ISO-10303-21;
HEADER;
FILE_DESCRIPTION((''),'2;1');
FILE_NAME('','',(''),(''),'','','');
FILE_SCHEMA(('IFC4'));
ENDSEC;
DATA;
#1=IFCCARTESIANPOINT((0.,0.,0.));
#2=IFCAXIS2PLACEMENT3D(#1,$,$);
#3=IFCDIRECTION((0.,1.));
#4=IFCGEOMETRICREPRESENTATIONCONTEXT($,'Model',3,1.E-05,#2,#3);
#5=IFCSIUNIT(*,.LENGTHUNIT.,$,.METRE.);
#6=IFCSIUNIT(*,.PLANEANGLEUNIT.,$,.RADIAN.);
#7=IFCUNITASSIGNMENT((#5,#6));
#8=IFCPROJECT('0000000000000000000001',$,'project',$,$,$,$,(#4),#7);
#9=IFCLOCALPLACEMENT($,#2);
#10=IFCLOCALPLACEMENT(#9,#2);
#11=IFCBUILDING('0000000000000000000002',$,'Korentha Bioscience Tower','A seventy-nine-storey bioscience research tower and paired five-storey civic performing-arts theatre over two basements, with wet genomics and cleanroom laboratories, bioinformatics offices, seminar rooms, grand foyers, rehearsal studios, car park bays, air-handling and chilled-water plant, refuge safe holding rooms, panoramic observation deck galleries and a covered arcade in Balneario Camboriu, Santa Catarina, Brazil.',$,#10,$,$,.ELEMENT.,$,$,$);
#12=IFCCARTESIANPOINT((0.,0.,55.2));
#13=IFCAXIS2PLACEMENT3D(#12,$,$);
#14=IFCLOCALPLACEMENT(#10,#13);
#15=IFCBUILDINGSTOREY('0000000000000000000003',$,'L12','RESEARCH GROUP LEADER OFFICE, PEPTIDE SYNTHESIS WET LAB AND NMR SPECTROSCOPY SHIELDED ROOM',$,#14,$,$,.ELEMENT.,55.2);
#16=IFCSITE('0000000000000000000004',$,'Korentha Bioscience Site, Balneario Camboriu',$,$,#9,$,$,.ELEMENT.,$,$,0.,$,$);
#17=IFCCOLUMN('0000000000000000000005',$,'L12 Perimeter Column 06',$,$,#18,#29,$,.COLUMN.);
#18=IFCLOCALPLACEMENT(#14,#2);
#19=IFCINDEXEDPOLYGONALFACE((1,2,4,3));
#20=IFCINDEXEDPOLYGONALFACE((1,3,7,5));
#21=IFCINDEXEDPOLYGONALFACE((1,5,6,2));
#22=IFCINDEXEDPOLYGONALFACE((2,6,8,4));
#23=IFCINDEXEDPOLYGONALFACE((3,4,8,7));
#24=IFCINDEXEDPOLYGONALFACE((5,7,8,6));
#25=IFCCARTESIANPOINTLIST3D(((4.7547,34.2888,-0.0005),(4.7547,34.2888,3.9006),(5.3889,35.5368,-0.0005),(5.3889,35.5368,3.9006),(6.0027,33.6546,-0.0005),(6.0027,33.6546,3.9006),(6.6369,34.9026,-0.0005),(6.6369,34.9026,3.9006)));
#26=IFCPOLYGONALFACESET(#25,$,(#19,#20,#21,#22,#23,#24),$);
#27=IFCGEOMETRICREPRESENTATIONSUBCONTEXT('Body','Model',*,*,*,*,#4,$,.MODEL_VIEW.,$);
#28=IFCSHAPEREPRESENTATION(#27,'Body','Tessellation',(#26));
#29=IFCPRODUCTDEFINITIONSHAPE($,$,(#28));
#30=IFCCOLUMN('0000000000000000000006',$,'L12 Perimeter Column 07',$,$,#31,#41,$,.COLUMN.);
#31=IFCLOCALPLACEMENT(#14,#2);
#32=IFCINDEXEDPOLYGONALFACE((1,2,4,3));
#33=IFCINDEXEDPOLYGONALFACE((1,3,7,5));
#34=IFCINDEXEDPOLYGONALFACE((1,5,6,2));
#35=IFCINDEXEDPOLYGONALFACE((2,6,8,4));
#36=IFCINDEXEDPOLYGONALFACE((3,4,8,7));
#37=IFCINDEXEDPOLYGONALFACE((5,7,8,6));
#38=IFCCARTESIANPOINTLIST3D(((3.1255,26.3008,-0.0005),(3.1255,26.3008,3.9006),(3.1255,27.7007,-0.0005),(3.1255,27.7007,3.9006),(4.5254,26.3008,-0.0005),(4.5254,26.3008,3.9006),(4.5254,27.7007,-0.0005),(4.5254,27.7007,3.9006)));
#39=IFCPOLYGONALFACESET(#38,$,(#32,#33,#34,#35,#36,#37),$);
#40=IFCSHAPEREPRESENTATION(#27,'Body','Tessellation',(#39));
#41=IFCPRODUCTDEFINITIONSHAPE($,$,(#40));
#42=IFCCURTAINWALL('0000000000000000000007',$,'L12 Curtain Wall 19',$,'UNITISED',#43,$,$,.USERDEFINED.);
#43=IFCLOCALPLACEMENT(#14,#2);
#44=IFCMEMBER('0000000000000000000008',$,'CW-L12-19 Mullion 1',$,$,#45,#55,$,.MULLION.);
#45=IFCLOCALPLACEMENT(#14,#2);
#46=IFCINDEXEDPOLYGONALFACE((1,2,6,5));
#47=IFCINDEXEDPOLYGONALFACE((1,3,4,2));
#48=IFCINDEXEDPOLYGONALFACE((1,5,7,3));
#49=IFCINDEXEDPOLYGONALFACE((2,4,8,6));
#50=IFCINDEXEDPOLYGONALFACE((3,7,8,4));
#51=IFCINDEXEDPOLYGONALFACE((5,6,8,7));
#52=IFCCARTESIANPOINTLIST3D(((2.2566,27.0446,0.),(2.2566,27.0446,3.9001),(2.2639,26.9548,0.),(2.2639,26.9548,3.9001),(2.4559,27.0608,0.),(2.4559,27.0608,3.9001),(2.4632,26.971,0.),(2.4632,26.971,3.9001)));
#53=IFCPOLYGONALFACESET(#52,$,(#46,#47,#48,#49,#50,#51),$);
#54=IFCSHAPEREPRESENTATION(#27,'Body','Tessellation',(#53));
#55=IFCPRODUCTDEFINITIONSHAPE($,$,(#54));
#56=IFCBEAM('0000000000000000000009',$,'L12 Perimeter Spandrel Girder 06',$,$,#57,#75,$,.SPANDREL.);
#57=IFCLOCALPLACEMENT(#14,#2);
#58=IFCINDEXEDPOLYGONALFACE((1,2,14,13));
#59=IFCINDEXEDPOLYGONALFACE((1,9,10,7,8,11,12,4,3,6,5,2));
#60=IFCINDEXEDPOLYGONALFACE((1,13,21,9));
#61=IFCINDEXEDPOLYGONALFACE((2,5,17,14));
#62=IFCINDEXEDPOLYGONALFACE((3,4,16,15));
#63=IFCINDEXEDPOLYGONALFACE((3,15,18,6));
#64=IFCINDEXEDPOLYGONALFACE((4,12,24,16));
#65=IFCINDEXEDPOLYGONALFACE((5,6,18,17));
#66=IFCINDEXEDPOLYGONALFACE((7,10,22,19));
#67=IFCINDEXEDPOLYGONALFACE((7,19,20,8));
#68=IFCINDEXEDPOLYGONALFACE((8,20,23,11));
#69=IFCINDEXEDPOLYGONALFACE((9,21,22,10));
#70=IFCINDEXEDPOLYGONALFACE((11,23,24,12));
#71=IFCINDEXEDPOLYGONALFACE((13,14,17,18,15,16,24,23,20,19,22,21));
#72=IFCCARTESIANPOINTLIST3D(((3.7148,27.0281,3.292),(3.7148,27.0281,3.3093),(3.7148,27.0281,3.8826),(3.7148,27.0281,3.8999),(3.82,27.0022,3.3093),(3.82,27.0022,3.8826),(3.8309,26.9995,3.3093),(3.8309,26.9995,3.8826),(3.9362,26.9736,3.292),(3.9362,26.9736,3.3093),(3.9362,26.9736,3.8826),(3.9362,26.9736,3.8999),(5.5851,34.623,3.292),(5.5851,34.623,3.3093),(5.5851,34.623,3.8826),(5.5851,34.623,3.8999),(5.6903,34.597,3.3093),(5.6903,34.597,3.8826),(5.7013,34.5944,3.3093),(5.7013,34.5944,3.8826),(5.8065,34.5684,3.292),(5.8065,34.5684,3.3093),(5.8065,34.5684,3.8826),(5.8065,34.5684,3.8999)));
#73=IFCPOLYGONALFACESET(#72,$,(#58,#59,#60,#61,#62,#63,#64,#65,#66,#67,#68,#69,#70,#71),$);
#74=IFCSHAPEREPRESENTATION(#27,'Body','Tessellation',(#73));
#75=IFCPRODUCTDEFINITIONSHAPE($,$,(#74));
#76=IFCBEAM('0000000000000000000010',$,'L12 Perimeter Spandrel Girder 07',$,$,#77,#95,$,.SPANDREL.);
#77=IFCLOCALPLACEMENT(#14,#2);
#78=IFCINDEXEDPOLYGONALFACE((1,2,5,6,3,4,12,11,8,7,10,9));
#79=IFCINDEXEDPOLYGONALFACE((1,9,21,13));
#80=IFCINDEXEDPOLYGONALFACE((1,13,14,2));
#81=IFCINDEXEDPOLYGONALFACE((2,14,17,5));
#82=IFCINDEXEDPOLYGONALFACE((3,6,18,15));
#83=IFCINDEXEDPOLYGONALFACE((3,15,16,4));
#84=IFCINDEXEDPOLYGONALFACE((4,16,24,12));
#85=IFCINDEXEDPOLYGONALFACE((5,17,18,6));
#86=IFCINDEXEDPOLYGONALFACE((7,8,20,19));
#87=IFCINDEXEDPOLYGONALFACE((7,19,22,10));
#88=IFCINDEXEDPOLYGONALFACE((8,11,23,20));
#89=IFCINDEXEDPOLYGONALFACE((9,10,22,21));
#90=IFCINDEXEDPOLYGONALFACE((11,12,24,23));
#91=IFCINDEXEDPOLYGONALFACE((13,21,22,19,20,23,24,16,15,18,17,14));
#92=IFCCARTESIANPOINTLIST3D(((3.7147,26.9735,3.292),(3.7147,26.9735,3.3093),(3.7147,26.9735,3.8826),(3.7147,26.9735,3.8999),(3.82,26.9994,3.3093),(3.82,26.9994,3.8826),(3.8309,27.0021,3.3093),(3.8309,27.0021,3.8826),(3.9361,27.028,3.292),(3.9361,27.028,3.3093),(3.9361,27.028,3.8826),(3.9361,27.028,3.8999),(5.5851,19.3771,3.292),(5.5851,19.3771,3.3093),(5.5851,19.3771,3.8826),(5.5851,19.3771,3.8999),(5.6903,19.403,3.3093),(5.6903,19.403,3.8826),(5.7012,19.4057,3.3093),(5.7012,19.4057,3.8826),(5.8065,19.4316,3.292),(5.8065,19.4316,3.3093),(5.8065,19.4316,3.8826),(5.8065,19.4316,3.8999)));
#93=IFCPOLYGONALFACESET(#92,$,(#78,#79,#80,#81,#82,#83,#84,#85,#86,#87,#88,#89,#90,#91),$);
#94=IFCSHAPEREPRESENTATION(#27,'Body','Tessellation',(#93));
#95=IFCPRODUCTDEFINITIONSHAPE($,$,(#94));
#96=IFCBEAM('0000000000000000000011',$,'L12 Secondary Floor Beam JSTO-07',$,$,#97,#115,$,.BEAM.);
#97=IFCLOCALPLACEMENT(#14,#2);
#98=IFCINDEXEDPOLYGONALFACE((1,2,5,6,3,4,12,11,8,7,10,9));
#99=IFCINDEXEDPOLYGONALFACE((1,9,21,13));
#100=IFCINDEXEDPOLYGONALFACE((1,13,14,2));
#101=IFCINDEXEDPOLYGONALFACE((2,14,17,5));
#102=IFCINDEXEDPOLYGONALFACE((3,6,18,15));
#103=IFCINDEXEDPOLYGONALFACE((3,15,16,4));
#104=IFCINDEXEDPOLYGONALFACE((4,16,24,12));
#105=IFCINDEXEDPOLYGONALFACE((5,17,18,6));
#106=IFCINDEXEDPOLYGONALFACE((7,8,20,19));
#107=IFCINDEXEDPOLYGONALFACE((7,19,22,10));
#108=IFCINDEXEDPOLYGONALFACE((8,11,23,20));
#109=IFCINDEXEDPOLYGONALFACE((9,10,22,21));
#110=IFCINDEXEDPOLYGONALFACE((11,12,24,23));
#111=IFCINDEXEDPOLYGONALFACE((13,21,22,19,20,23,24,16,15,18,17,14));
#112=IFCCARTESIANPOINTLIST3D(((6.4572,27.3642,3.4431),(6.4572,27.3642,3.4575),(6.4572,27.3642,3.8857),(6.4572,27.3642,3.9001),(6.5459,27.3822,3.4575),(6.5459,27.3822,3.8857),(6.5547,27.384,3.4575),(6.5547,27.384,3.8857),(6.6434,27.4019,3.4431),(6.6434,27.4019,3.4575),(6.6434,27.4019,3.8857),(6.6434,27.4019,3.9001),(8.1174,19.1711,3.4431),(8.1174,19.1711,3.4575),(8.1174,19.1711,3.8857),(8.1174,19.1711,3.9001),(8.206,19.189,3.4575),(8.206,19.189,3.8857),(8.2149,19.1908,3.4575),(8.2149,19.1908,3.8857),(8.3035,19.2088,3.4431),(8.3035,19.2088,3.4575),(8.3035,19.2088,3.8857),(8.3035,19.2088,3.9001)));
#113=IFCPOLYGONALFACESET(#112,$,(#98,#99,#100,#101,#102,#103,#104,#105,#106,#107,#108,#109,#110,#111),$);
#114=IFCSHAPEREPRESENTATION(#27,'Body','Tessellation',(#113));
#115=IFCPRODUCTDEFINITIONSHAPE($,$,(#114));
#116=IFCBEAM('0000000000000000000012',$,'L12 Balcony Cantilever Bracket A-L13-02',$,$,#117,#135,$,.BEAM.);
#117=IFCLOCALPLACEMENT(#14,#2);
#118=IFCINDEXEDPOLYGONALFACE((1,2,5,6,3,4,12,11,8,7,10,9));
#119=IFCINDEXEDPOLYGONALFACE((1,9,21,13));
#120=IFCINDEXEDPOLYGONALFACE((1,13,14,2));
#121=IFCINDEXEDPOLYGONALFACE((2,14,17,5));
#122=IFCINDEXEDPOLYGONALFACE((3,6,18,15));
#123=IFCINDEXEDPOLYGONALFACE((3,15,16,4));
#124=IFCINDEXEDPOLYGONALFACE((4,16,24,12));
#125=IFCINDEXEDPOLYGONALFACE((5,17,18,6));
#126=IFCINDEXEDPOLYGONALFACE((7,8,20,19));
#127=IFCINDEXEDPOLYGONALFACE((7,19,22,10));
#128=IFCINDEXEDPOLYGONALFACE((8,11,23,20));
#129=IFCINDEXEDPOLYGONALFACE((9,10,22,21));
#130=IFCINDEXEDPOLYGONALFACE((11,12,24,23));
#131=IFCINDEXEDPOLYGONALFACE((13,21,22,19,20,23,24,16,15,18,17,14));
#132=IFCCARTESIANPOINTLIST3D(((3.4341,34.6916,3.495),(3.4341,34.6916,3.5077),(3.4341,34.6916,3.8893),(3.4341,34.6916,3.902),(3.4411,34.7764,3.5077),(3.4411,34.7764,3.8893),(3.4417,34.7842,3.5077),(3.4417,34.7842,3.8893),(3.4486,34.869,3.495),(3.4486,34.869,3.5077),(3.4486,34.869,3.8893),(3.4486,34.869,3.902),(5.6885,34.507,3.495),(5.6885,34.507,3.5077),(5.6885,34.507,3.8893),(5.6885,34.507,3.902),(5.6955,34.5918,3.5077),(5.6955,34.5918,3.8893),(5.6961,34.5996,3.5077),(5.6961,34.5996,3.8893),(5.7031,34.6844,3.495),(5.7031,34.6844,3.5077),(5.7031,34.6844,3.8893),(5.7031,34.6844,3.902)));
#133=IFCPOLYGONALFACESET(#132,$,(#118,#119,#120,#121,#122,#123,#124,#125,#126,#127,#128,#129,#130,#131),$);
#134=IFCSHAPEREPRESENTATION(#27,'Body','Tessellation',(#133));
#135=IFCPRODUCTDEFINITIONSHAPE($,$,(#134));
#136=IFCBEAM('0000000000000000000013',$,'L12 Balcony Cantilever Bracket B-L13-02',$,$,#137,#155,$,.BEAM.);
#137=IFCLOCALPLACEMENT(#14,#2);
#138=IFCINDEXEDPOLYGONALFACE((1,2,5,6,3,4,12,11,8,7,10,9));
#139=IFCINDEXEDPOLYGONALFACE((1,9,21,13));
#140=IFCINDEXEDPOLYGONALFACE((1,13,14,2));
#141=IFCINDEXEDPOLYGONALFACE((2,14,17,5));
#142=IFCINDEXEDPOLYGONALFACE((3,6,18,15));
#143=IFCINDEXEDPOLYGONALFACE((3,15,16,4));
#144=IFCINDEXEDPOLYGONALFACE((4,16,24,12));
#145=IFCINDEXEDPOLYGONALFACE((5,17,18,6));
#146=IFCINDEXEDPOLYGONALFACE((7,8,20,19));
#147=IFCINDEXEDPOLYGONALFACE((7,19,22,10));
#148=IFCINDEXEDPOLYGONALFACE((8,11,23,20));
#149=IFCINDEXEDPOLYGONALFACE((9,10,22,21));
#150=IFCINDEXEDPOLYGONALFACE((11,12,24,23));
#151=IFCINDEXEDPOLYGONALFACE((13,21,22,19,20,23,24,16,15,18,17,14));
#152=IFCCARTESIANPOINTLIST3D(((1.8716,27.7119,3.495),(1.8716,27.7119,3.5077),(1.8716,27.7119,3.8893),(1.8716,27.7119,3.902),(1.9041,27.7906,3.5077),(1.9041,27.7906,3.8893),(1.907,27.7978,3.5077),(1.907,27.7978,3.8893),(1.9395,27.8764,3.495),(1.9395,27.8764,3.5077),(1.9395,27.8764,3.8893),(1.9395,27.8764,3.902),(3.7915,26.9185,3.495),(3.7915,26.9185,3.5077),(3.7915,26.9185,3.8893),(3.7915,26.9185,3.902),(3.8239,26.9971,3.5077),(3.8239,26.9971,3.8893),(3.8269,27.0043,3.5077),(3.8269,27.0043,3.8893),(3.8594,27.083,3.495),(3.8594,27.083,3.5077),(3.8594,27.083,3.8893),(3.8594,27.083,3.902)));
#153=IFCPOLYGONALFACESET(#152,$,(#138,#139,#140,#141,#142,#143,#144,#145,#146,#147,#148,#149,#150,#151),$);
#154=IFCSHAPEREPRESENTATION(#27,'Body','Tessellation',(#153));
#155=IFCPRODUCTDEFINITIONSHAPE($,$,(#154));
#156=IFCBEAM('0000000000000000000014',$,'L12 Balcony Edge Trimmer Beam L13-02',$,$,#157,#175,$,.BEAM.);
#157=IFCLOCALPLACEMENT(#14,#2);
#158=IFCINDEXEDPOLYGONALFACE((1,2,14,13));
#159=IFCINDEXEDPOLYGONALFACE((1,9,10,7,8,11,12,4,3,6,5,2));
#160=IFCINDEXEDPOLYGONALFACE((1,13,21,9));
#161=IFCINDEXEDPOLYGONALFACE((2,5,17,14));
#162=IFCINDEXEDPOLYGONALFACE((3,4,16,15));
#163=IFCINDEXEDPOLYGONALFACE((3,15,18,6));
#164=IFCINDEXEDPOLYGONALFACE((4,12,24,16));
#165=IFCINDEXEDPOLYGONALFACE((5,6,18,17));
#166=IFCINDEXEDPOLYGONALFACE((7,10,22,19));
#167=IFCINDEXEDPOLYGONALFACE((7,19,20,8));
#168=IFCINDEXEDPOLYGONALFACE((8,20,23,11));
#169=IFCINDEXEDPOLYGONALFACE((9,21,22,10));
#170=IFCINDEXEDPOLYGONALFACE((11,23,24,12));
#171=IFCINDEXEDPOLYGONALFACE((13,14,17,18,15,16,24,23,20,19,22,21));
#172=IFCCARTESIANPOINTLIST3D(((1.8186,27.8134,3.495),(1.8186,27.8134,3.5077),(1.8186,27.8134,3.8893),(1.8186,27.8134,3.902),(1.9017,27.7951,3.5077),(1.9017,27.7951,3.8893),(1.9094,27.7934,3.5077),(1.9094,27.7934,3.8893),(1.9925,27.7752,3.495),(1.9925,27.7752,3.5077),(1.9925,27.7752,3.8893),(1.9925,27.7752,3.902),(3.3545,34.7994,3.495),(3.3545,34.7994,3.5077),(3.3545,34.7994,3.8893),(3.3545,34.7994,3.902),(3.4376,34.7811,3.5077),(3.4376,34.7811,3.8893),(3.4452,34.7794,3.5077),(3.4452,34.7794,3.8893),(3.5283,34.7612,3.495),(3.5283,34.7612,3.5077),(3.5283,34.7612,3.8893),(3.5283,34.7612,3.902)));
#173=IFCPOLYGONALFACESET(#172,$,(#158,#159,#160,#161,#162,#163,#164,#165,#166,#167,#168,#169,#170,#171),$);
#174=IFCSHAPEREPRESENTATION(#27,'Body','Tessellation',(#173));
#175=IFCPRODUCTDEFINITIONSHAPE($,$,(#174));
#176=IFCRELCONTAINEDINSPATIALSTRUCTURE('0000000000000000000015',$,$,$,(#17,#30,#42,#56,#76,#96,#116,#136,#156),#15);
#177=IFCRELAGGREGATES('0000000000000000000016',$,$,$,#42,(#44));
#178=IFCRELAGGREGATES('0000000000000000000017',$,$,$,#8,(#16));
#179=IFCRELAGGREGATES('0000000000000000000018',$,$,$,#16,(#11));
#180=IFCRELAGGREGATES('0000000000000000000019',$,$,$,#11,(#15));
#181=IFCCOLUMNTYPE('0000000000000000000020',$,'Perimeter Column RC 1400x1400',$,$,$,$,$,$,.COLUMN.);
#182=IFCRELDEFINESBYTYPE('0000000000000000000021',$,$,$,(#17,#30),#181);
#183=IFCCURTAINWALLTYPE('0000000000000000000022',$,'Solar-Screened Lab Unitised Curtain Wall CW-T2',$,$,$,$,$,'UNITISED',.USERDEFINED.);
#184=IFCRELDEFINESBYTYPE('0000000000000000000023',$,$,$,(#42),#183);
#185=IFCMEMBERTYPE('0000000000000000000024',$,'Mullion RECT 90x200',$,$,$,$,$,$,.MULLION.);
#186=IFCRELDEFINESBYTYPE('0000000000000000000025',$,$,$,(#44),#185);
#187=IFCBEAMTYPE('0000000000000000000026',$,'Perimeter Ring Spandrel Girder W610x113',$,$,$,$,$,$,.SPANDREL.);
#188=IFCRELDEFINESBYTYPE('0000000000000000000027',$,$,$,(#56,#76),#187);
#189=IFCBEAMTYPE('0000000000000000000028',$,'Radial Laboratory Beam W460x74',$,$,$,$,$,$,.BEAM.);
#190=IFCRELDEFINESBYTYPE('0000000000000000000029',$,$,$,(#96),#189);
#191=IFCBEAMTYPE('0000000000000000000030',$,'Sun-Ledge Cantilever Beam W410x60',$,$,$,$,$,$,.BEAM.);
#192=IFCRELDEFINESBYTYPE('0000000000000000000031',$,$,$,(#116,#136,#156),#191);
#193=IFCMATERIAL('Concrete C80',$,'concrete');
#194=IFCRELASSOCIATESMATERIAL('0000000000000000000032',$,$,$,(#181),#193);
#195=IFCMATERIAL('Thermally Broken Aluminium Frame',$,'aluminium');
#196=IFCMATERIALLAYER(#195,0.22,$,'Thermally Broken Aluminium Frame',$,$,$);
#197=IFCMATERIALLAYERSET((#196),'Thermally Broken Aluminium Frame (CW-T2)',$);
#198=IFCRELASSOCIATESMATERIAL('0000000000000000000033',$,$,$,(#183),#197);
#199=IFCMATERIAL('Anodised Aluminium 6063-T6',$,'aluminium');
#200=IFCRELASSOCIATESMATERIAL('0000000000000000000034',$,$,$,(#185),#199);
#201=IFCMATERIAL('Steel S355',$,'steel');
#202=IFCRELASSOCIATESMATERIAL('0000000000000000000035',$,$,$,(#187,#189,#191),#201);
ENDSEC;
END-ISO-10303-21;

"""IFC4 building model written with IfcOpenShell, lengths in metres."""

from ifc_helpers import new_model, si_unit, direction, frame, origin, origin_2d, place, context, subcontext, project, spatial, rectangle, i_section, extrude, material, layer, layer_set, material_profile, profile_set, type_object, element, aggregate, save


model = new_model("IFC4")

# Units and contexts
model_context = context("Model", 3, precision=1e-05, world=origin(), true_north=direction((0.0, 1.0)))
body_context = subcontext(model_context, "Body", "Model", "MODEL_VIEW")
ifc_project = project(units=[si_unit("LENGTHUNIT", "METRE"), si_unit("PLANEANGLEUNIT", "RADIAN")], contexts=[model_context])

# Site, building, storey
site_placement = place(None, origin())
site = spatial("IfcSite", under=ifc_project, at=site_placement, Name="Korentha Bioscience Site, Balneario Camboriu", CompositionType="ELEMENT", RefElevation=0.0)
building_placement = place(site_placement, origin())
building = spatial("IfcBuilding", under=site, at=building_placement, Name="Korentha Bioscience Tower", Description="A seventy-nine-storey bioscience research tower and paired five-storey civic performing-arts theatre over two basements, with wet genomics and cleanroom laboratories, bioinformatics offices, seminar rooms, grand foyers, rehearsal studios, car park bays, air-handling and chilled-water plant, refuge safe holding rooms, panoramic observation deck galleries and a covered arcade in Balneario Camboriu, Santa Catarina, Brazil.", CompositionType="ELEMENT")
storey_placement = place(building_placement, frame((0.0, 0.0, 55.2)))
storey = spatial("IfcBuildingStorey", under=building, at=storey_placement, Name="L12", Description="RESEARCH GROUP LEADER OFFICE, PEPTIDE SYNTHESIS WET LAB AND NMR SPECTROSCOPY SHIELDED ROOM", CompositionType="ELEMENT", Elevation=55.2)

# Columns
ifc_material_1 = material(Name="Concrete C80", Category="concrete")
ifc_material_profile_1 = material_profile(ifc_material_1, rectangle(XDim=1.3999, YDim=1.3999, at=origin_2d()), Name="Concrete C80")
ifc_profile_set_1 = profile_set([ifc_material_profile_1], Name="Concrete C80 (COL-P14)")
column_type = type_object("IfcColumnType", Name="Perimeter Column RC 1400x1400", PredefinedType="COLUMN", material=ifc_profile_set_1)
for number, where, z_axis, x_axis, name in (
    (1, (5.6958, 34.5957, -0.0005), (0.0, 0.0, 1.0), (0.453057, 0.891481, 0.0), "L12 Perimeter Column 06"),
    (2, (3.8254, 27.0007, -0.0005), (0.0, 0.0, 1.0), (0.0, 1.0, 0.0), "L12 Perimeter Column 07"),
):
    element("IfcColumn", number, at=place(storey_placement, frame(where, z_axis=z_axis, x_axis=x_axis)), inside=storey, type_object=column_type, Name=name, PredefinedType="COLUMN", context=body_context, shape_type="SweptSolid", body=[
        extrude(rectangle(XDim=1.3999, YDim=1.3999, at=origin_2d()), origin(), (0.0, 0.0, 1.0), 3.9011),
    ])

# Curtain wall, member
ifc_material_2 = material(Name="Thermally Broken Aluminium Frame", Category="aluminium")
ifc_layer_1 = layer(ifc_material_2, 0.22, Name="Thermally Broken Aluminium Frame")
ifc_layer_set_1 = layer_set([ifc_layer_1], Name="Thermally Broken Aluminium Frame (CW-T2)")
curtain_wall_type = type_object("IfcCurtainWallType", Name="Solar-Screened Lab Unitised Curtain Wall CW-T2", ElementType="UNITISED", PredefinedType="USERDEFINED", material=ifc_layer_set_1)
curtain_wall_placement = place(storey_placement, origin())
curtain_wall = element("IfcCurtainWall", 3, at=curtain_wall_placement, inside=storey, type_object=curtain_wall_type, Name="L12 Curtain Wall 19", ObjectType="UNITISED", PredefinedType="USERDEFINED")
ifc_material_3 = material(Name="Anodised Aluminium 6063-T6", Category="aluminium")
ifc_material_profile_2 = material_profile(ifc_material_3, rectangle(XDim=0.0901, YDim=0.2, at=origin_2d()), Name="Anodised Aluminium 6063-T6")
ifc_profile_set_2 = profile_set([ifc_material_profile_2], Name="Anodised Aluminium 6063-T6 (CW-MUL)")
member_type_1 = type_object("IfcMemberType", Name="Mullion RECT 90x200", PredefinedType="MULLION", material=ifc_profile_set_2)
member_1_placement = place(storey_placement, frame((2.3599, 27.0078, 0.0), z_axis=(0.0, 0.0, 1.0), x_axis=(0.08082, -0.996729, 0.0)))
member_1 = element("IfcMember", 4, at=member_1_placement, type_object=member_type_1, Name="CW-L12-19 Mullion 1", PredefinedType="MULLION", context=body_context, shape_type="SweptSolid", body=[
    extrude(rectangle(XDim=0.0901, YDim=0.2, at=origin_2d()), origin(), (0.0, 0.0, 1.0), 3.9001),
])

# Beams
ifc_material_4 = material(Name="Steel S355", Category="steel")
ifc_material_profile_3 = material_profile(ifc_material_4, i_section(OverallWidth=0.228, OverallDepth=0.6079, WebThickness=0.0112, FlangeThickness=0.0173, at=origin_2d()), Name="Steel S355")
ifc_profile_set_3 = profile_set([ifc_material_profile_3], Name="Steel S355 (SB-610)")
beam_type_1 = type_object("IfcBeamType", Name="Perimeter Ring Spandrel Girder W610x113", PredefinedType="SPANDREL", material=ifc_profile_set_3)
beam_1_placement = place(storey_placement, frame((5.6958, 34.5957, 3.5959), z_axis=(-0.239119, -0.97099, 0.0), x_axis=(0.97099, -0.239119, 0.0)))
element("IfcBeam", 5, at=beam_1_placement, inside=storey, type_object=beam_type_1, Name="L12 Perimeter Spandrel Girder 06", PredefinedType="SPANDREL", context=body_context, shape_type="SweptSolid", body=[
    extrude(i_section(OverallWidth=0.228, OverallDepth=0.6079, WebThickness=0.0112, FlangeThickness=0.0173, at=origin_2d()), origin(), (0.0, 0.0, 1.0), 7.8218),
])
beam_2_placement = place(storey_placement, frame((3.8254, 27.0007, 3.5959), z_axis=(0.239076, -0.971001, 0.0), x_axis=(0.971001, 0.239076, 0.0)))
element("IfcBeam", 6, at=beam_2_placement, inside=storey, type_object=beam_type_1, Name="L12 Perimeter Spandrel Girder 07", PredefinedType="SPANDREL", context=body_context, shape_type="SweptSolid", body=[
    extrude(i_section(OverallWidth=0.228, OverallDepth=0.6079, WebThickness=0.0112, FlangeThickness=0.0173, at=origin_2d()), origin(), (0.0, 0.0, 1.0), 7.8232),
])
ifc_material_profile_4 = material_profile(ifc_material_4, i_section(OverallWidth=0.1899, OverallDepth=0.457, WebThickness=0.009, FlangeThickness=0.0144, at=origin_2d()), Name="Steel S355")
ifc_profile_set_4 = profile_set([ifc_material_profile_4], Name="Steel S355 (RB-460)")
beam_type_2 = type_object("IfcBeamType", Name="Radial Laboratory Beam W460x74", PredefinedType="BEAM", material=ifc_profile_set_4)
beam_3_placement = place(storey_placement, frame((6.5503, 27.3831, 3.6716), z_axis=(0.198592, -0.980082, 0.0), x_axis=(0.980082, 0.198592, 0.0)))
element("IfcBeam", 7, at=beam_3_placement, inside=storey, type_object=beam_type_2, Name="L12 Secondary Floor Beam JSTO-07", PredefinedType="BEAM", context=body_context, shape_type="SweptSolid", body=[
    extrude(i_section(OverallWidth=0.1899, OverallDepth=0.457, WebThickness=0.009, FlangeThickness=0.0144, at=origin_2d()), origin(), (0.0, 0.0, 1.0), 8.3596),
])
ifc_material_profile_5 = material_profile(ifc_material_4, i_section(OverallWidth=0.178, OverallDepth=0.407, WebThickness=0.0078, FlangeThickness=0.0127, at=origin_2d()), Name="Steel S355")
ifc_profile_set_5 = profile_set([ifc_material_profile_5], Name="Steel S355 (CB-410)")
beam_type_3 = type_object("IfcBeamType", Name="Sun-Ledge Cantilever Beam W410x60", PredefinedType="BEAM", material=ifc_profile_set_5)
beam_4_placement = place(storey_placement, frame((5.6958, 34.5957, 3.6985), z_axis=(-0.996665, 0.081598, 0.0), x_axis=(-0.081598, -0.996665, 0.0)))
element("IfcBeam", 8, at=beam_4_placement, inside=storey, type_object=beam_type_3, Name="L12 Balcony Cantilever Bracket A-L13-02", PredefinedType="BEAM", context=body_context, shape_type="SweptSolid", body=[
    extrude(i_section(OverallWidth=0.178, OverallDepth=0.407, WebThickness=0.0078, FlangeThickness=0.0127, at=origin_2d()), origin(), (0.0, 0.0, 1.0), 2.262),
])
beam_5_placement = place(storey_placement, frame((3.8254, 27.0007, 3.6985), z_axis=(-0.924186, 0.381943, 0.0), x_axis=(-0.381943, -0.924186, 0.0)))
element("IfcBeam", 9, at=beam_5_placement, inside=storey, type_object=beam_type_3, Name="L12 Balcony Cantilever Bracket B-L13-02", PredefinedType="BEAM", context=body_context, shape_type="SweptSolid", body=[
    extrude(i_section(OverallWidth=0.178, OverallDepth=0.407, WebThickness=0.0078, FlangeThickness=0.0127, at=origin_2d()), origin(), (0.0, 0.0, 1.0), 2.0774),
])
beam_6_placement = place(storey_placement, frame((3.4414, 34.7803, 3.6985), z_axis=(-0.214722, -0.976675, 0.0), x_axis=(0.976675, -0.214722, 0.0)))
element("IfcBeam", 10, at=beam_6_placement, inside=storey, type_object=beam_type_3, Name="L12 Balcony Edge Trimmer Beam L13-02", PredefinedType="BEAM", context=body_context, shape_type="SweptSolid", body=[
    extrude(i_section(OverallWidth=0.178, OverallDepth=0.407, WebThickness=0.0078, FlangeThickness=0.0127, at=origin_2d()), origin(), (0.0, 0.0, 1.0), 7.1528),
])

aggregate(curtain_wall, [member_1])

save(model, "model.ifc")
